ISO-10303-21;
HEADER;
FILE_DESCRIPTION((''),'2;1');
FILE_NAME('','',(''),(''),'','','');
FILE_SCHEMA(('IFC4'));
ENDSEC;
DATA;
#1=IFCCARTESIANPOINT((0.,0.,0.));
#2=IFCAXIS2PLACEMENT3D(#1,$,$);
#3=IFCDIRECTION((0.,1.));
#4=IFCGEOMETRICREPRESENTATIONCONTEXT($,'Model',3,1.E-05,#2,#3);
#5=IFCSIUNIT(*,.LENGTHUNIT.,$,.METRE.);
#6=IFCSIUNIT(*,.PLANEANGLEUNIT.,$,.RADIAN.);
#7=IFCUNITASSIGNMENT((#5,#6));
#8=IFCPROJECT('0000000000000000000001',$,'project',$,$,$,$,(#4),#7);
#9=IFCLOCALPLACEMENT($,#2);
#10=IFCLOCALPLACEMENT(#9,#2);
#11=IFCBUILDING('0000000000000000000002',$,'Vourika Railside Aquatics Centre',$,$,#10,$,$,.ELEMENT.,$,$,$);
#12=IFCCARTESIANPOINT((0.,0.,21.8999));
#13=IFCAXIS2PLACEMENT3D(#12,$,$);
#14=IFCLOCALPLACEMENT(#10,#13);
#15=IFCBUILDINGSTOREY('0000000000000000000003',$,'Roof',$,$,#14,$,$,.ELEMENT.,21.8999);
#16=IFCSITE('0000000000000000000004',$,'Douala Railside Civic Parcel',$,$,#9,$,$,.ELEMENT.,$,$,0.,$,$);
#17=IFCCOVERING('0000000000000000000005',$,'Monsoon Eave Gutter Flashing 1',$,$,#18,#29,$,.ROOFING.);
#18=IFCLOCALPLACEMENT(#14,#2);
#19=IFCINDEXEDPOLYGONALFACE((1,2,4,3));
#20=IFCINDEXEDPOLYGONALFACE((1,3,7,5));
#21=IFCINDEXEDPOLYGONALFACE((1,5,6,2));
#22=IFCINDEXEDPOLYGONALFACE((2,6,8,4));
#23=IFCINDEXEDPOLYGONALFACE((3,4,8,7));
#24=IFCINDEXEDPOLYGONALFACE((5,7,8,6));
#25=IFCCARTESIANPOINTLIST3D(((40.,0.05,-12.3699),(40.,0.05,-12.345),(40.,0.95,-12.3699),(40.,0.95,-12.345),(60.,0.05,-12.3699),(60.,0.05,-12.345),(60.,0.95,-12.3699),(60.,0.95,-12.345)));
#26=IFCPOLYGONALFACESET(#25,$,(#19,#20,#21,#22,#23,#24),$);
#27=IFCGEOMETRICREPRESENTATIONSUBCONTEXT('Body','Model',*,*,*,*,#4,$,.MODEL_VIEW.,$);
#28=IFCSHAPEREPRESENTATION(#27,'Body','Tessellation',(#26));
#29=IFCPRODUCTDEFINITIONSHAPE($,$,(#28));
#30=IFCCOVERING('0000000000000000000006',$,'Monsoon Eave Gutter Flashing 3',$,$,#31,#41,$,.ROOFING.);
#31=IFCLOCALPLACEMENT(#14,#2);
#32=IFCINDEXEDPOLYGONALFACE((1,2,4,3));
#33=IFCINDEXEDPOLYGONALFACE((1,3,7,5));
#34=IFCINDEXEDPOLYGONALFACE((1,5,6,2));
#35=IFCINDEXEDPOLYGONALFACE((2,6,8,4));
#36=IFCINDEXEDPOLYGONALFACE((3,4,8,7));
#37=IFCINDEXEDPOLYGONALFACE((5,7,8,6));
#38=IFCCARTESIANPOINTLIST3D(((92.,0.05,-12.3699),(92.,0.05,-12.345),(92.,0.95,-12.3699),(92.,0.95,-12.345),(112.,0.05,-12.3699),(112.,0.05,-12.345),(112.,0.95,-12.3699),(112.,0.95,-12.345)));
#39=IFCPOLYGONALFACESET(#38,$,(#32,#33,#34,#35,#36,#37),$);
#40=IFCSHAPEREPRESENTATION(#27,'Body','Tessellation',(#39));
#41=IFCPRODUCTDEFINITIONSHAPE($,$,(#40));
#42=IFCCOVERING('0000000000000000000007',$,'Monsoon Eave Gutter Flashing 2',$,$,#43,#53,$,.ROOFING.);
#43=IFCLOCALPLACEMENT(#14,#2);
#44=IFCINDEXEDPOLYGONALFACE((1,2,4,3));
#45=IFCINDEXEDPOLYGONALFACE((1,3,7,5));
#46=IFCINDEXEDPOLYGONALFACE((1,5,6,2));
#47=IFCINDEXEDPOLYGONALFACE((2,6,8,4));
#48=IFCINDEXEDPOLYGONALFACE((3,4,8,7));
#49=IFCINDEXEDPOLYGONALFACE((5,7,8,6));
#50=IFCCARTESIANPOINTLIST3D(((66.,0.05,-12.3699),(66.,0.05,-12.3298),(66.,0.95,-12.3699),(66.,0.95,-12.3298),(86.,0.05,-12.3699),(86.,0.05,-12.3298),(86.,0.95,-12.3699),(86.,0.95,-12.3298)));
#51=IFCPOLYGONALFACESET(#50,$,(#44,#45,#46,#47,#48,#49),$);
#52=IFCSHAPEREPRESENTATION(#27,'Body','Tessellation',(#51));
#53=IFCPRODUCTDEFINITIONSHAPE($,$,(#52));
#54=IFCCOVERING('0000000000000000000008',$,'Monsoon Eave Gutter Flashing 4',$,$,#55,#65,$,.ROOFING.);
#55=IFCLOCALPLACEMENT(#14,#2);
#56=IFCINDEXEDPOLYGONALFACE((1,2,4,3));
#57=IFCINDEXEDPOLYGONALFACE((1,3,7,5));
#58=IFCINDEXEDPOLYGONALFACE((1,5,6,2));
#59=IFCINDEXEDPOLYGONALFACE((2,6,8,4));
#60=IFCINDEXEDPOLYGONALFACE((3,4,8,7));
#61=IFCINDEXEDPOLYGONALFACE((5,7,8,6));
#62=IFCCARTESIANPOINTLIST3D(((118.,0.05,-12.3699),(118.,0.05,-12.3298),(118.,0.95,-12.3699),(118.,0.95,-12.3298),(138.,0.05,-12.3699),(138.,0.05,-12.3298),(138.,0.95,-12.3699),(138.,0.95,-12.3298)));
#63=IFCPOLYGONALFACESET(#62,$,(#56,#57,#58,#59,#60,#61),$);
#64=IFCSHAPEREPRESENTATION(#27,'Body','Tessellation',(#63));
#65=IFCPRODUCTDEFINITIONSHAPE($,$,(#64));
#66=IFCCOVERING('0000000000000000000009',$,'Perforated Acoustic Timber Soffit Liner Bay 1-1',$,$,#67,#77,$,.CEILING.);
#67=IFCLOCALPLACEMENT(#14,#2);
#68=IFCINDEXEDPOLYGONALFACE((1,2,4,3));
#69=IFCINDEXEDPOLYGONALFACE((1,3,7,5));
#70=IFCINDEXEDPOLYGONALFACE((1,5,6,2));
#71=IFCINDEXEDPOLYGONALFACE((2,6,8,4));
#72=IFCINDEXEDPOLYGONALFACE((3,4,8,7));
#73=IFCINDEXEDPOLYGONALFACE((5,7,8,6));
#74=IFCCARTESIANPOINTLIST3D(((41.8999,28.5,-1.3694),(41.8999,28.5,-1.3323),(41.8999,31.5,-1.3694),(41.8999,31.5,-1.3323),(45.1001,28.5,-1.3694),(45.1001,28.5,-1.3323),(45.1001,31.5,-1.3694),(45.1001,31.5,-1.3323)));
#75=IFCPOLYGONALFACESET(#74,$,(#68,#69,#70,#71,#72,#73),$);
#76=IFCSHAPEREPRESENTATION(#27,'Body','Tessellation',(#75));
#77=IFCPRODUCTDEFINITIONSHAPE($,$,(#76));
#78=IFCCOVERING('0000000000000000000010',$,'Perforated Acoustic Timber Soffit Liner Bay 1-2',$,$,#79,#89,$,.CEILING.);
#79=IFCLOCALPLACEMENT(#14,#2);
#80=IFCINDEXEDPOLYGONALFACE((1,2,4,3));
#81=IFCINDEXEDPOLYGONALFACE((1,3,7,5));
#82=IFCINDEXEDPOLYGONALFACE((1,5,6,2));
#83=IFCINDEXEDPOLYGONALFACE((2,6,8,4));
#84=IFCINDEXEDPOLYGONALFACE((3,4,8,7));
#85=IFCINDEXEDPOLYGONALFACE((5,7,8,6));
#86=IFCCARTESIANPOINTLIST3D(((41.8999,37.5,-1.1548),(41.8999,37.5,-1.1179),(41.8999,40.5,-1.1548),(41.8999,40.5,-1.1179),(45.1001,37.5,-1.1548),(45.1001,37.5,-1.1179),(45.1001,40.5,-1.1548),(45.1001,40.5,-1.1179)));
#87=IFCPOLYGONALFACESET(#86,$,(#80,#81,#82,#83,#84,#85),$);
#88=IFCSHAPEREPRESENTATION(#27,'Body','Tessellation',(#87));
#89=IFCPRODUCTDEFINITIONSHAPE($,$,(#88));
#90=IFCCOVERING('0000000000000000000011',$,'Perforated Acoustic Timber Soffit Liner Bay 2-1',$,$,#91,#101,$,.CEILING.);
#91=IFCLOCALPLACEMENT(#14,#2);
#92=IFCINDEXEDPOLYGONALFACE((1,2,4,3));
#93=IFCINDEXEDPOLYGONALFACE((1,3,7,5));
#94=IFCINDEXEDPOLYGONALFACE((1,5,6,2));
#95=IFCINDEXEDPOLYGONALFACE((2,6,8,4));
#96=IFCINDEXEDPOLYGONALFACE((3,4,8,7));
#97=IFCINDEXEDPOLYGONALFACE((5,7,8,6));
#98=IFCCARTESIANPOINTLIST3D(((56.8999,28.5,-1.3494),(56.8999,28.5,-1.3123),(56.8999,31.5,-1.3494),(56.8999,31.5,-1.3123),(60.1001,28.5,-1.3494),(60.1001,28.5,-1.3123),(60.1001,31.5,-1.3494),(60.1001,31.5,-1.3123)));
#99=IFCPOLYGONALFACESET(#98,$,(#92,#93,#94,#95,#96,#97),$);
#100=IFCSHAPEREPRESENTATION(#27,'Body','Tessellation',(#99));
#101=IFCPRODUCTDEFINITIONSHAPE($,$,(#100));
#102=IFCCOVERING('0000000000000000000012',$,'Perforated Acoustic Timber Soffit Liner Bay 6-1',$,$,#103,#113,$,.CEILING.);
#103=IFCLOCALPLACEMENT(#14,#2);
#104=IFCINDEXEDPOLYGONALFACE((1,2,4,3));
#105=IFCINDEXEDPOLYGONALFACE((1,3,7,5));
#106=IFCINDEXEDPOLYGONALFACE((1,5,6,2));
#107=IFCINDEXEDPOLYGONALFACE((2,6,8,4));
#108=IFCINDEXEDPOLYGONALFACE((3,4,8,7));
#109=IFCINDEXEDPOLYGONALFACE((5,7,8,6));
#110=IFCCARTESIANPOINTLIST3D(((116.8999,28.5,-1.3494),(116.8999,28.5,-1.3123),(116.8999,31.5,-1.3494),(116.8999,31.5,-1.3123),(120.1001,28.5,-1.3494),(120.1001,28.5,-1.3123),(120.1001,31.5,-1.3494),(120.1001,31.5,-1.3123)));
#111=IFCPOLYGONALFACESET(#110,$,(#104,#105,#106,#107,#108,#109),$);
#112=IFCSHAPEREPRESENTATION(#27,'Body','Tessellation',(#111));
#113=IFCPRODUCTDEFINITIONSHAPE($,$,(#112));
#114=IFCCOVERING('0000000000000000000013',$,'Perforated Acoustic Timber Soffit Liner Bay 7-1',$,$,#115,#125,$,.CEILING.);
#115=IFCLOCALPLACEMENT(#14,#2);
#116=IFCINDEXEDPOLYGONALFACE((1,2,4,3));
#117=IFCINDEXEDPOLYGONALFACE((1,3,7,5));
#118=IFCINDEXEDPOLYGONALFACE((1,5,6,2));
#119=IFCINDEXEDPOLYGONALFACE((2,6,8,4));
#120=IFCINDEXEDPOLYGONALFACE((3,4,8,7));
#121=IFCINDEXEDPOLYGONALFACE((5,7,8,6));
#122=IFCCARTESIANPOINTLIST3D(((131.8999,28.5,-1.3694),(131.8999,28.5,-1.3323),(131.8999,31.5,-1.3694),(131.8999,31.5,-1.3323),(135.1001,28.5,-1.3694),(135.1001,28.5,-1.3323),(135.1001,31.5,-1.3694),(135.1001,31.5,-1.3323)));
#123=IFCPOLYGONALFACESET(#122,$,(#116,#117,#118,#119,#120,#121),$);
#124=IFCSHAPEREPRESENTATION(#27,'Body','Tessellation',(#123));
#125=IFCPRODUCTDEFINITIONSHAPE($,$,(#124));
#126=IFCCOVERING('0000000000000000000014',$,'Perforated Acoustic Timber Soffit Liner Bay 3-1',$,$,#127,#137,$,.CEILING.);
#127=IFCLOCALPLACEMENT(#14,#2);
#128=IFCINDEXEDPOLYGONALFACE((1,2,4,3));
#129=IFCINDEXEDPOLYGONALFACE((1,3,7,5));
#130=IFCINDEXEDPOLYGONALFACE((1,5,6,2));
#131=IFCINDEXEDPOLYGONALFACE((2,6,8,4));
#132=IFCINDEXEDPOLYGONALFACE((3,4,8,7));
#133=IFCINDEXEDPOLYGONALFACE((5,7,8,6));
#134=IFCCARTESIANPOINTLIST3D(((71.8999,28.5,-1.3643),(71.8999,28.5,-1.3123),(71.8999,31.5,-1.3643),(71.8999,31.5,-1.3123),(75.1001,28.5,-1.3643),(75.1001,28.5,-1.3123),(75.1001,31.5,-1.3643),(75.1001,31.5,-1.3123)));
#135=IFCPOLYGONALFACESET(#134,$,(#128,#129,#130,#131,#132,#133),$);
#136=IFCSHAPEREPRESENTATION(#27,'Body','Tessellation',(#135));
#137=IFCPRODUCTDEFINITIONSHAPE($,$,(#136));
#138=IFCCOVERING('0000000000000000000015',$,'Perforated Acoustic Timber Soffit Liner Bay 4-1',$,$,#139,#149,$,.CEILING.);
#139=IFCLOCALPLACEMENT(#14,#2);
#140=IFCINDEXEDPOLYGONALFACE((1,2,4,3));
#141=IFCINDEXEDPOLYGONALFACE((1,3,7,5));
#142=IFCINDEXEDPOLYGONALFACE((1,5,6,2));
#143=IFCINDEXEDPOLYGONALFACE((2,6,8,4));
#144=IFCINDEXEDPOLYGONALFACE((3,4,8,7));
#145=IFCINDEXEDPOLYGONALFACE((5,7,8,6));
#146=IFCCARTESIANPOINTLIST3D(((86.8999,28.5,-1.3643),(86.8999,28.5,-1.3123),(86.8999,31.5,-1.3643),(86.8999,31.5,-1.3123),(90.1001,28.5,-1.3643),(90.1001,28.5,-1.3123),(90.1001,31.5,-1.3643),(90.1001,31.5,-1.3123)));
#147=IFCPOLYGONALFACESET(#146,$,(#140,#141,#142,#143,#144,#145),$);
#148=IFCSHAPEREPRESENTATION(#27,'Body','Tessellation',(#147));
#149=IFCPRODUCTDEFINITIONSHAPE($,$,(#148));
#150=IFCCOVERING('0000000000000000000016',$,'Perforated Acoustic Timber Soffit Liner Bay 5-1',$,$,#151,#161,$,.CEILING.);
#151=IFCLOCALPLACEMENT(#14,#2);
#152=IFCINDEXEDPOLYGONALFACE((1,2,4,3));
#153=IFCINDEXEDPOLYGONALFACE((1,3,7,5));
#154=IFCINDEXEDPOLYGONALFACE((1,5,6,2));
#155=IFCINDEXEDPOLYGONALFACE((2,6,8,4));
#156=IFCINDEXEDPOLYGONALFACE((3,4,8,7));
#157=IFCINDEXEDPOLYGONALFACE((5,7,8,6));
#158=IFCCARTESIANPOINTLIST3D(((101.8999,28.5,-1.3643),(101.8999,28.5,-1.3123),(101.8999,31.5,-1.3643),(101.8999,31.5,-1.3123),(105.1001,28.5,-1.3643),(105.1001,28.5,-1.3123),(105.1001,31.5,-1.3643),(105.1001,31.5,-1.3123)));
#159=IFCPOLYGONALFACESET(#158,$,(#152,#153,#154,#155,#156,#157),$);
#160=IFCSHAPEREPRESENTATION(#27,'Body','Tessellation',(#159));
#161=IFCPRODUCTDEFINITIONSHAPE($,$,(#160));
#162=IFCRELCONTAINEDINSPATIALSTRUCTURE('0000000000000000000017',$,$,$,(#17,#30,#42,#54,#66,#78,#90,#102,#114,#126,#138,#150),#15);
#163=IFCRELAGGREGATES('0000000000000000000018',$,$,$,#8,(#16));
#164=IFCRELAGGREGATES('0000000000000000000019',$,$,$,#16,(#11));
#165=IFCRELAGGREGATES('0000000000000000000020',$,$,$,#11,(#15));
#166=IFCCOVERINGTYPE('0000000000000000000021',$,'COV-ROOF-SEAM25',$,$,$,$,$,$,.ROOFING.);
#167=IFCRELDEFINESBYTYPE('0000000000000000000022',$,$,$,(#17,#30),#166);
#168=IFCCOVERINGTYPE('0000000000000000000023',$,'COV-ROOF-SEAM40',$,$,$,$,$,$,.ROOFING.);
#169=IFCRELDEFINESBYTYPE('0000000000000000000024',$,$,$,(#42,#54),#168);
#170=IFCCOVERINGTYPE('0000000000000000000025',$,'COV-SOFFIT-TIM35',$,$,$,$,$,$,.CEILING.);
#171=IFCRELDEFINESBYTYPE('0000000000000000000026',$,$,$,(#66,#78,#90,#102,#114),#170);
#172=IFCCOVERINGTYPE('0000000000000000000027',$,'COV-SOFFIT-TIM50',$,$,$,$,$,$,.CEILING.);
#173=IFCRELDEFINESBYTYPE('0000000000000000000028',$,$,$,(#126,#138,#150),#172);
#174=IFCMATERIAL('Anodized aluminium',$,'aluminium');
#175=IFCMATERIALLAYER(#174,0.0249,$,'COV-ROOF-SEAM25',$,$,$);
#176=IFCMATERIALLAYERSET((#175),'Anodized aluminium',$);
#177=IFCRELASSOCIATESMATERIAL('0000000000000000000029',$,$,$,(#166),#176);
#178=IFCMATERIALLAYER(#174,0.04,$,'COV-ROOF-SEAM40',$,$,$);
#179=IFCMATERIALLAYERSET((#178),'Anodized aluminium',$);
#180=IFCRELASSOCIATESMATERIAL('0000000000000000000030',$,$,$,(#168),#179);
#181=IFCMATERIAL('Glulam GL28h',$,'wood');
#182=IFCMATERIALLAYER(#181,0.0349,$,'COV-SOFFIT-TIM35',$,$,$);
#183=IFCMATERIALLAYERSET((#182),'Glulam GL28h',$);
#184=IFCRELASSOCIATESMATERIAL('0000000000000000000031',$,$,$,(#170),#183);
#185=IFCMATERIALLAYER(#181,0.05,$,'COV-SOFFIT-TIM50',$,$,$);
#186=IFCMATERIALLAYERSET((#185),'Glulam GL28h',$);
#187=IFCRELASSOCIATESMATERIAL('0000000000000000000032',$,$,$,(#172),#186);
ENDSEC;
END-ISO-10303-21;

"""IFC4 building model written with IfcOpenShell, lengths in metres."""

from ifc_helpers import new_model, si_unit, direction, frame, origin, place, context, subcontext, project, spatial, polyline, outline, extrude, material, layer, layer_set, type_object, element, save


model = new_model("IFC4")

# Units and contexts
model_context = context("Model", 3, precision=1e-05, world=origin(), true_north=direction((0.0, 1.0)))
body_context = subcontext(model_context, "Body", "Model", "MODEL_VIEW")
ifc_project = project(units=[si_unit("LENGTHUNIT", "METRE"), si_unit("PLANEANGLEUNIT", "RADIAN")], contexts=[model_context])

# Site, building, storey
site_placement = place(None, origin())
site = spatial("IfcSite", under=ifc_project, at=site_placement, Name="Douala Railside Civic Parcel", CompositionType="ELEMENT", RefElevation=0.0)
building_placement = place(site_placement, origin())
building = spatial("IfcBuilding", under=site, at=building_placement, Name="Vourika Railside Aquatics Centre", CompositionType="ELEMENT")
storey_placement = place(building_placement, frame((0.0, 0.0, 21.8999)))
storey = spatial("IfcBuildingStorey", under=building, at=storey_placement, Name="Roof", CompositionType="ELEMENT", Elevation=21.8999)

# Coverings
ifc_material_1 = material(Name="Anodized aluminium", Category="aluminium")
ifc_layer_1 = layer(ifc_material_1, 0.0249, Name="COV-ROOF-SEAM25")
ifc_layer_set_1 = layer_set([ifc_layer_1], Name="Anodized aluminium")
covering_type_1 = type_object("IfcCoveringType", Name="COV-ROOF-SEAM25", PredefinedType="ROOFING", material=ifc_layer_set_1)
covering_1_placement = place(storey_placement, frame((0.0, 0.0, -12.3699)))
element("IfcCovering", 1, at=covering_1_placement, inside=storey, type_object=covering_type_1, Name="Monsoon Eave Gutter Flashing 1", PredefinedType="ROOFING", context=body_context, shape_type="SweptSolid", body=[
    extrude(outline(polyline([(40.0, 0.05), (60.0, 0.05), (60.0, 0.95), (40.0, 0.95), (40.0, 0.05)])), origin(), (0.0, 0.0, 1.0), 0.0249),
])
covering_2_placement = place(storey_placement, frame((0.0, 0.0, -12.3699)))
element("IfcCovering", 2, at=covering_2_placement, inside=storey, type_object=covering_type_1, Name="Monsoon Eave Gutter Flashing 3", PredefinedType="ROOFING", context=body_context, shape_type="SweptSolid", body=[
    extrude(outline(polyline([(92.0, 0.05), (112.0, 0.05), (112.0, 0.95), (92.0, 0.95), (92.0, 0.05)])), origin(), (0.0, 0.0, 1.0), 0.0249),
])
ifc_layer_2 = layer(ifc_material_1, 0.04, Name="COV-ROOF-SEAM40")
ifc_layer_set_2 = layer_set([ifc_layer_2], Name="Anodized aluminium")
covering_type_2 = type_object("IfcCoveringType", Name="COV-ROOF-SEAM40", PredefinedType="ROOFING", material=ifc_layer_set_2)
covering_3_placement = place(storey_placement, frame((0.0, 0.0, -12.3699)))
element("IfcCovering", 3, at=covering_3_placement, inside=storey, type_object=covering_type_2, Name="Monsoon Eave Gutter Flashing 2", PredefinedType="ROOFING", context=body_context, shape_type="SweptSolid", body=[
    extrude(outline(polyline([(66.0, 0.05), (86.0, 0.05), (86.0, 0.95), (66.0, 0.95), (66.0, 0.05)])), origin(), (0.0, 0.0, 1.0), 0.04),
])
covering_4_placement = place(storey_placement, frame((0.0, 0.0, -12.3699)))
element("IfcCovering", 4, at=covering_4_placement, inside=storey, type_object=covering_type_2, Name="Monsoon Eave Gutter Flashing 4", PredefinedType="ROOFING", context=body_context, shape_type="SweptSolid", body=[
    extrude(outline(polyline([(118.0, 0.05), (138.0, 0.05), (138.0, 0.95), (118.0, 0.95), (118.0, 0.05)])), origin(), (0.0, 0.0, 1.0), 0.04),
])
ifc_material_2 = material(Name="Glulam GL28h", Category="wood")
ifc_layer_3 = layer(ifc_material_2, 0.0349, Name="COV-SOFFIT-TIM35")
ifc_layer_set_3 = layer_set([ifc_layer_3], Name="Glulam GL28h")
covering_type_3 = type_object("IfcCoveringType", Name="COV-SOFFIT-TIM35", PredefinedType="CEILING", material=ifc_layer_set_3)
covering_5_placement = place(storey_placement, frame((0.0, 0.0, -1.3694)))
element("IfcCovering", 5, at=covering_5_placement, inside=storey, type_object=covering_type_3, Name="Perforated Acoustic Timber Soffit Liner Bay 1-1", PredefinedType="CEILING", context=body_context, shape_type="SweptSolid", body=[
    extrude(outline(polyline([(41.8999, 28.5), (45.1001, 28.5), (45.1001, 31.5), (41.8999, 31.5), (41.8999, 28.5)])), origin(), (0.0, 0.0, 1.0), 0.0371),
])
covering_6_placement = place(storey_placement, frame((0.0, 0.0, -1.1548)))
element("IfcCovering", 6, at=covering_6_placement, inside=storey, type_object=covering_type_3, Name="Perforated Acoustic Timber Soffit Liner Bay 1-2", PredefinedType="CEILING", context=body_context, shape_type="SweptSolid", body=[
    extrude(outline(polyline([(41.8999, 37.5), (45.1001, 37.5), (45.1001, 40.5), (41.8999, 40.5), (41.8999, 37.5)])), origin(), (0.0, 0.0, 1.0), 0.0369),
])
covering_7_placement = place(storey_placement, frame((0.0, 0.0, -1.3494)))
element("IfcCovering", 7, at=covering_7_placement, inside=storey, type_object=covering_type_3, Name="Perforated Acoustic Timber Soffit Liner Bay 2-1", PredefinedType="CEILING", context=body_context, shape_type="SweptSolid", body=[
    extrude(outline(polyline([(56.8999, 28.5), (60.1001, 28.5), (60.1001, 31.5), (56.8999, 31.5), (56.8999, 28.5)])), origin(), (0.0, 0.0, 1.0), 0.0371),
])
covering_8_placement = place(storey_placement, frame((0.0, 0.0, -1.3494)))
element("IfcCovering", 8, at=covering_8_placement, inside=storey, type_object=covering_type_3, Name="Perforated Acoustic Timber Soffit Liner Bay 6-1", PredefinedType="CEILING", context=body_context, shape_type="SweptSolid", body=[
    extrude(outline(polyline([(116.8999, 28.5), (120.1001, 28.5), (120.1001, 31.5), (116.8999, 31.5), (116.8999, 28.5)])), origin(), (0.0, 0.0, 1.0), 0.0371),
])
covering_9_placement = place(storey_placement, frame((0.0, 0.0, -1.3694)))
element("IfcCovering", 9, at=covering_9_placement, inside=storey, type_object=covering_type_3, Name="Perforated Acoustic Timber Soffit Liner Bay 7-1", PredefinedType="CEILING", context=body_context, shape_type="SweptSolid", body=[
    extrude(outline(polyline([(131.8999, 28.5), (135.1001, 28.5), (135.1001, 31.5), (131.8999, 31.5), (131.8999, 28.5)])), origin(), (0.0, 0.0, 1.0), 0.0371),
])
ifc_layer_4 = layer(ifc_material_2, 0.05, Name="COV-SOFFIT-TIM50")
ifc_layer_set_4 = layer_set([ifc_layer_4], Name="Glulam GL28h")
covering_type_4 = type_object("IfcCoveringType", Name="COV-SOFFIT-TIM50", PredefinedType="CEILING", material=ifc_layer_set_4)
covering_10_placement = place(storey_placement, frame((0.0, 0.0, -1.3643)))
element("IfcCovering", 10, at=covering_10_placement, inside=storey, type_object=covering_type_4, Name="Perforated Acoustic Timber Soffit Liner Bay 3-1", PredefinedType="CEILING", context=body_context, shape_type="SweptSolid", body=[
    extrude(outline(polyline([(71.8999, 28.5), (75.1001, 28.5), (75.1001, 31.5), (71.8999, 31.5), (71.8999, 28.5)])), origin(), (0.0, 0.0, 1.0), 0.052),
])
covering_11_placement = place(storey_placement, frame((0.0, 0.0, -1.3643)))
element("IfcCovering", 11, at=covering_11_placement, inside=storey, type_object=covering_type_4, Name="Perforated Acoustic Timber Soffit Liner Bay 4-1", PredefinedType="CEILING", context=body_context, shape_type="SweptSolid", body=[
    extrude(outline(polyline([(86.8999, 28.5), (90.1001, 28.5), (90.1001, 31.5), (86.8999, 31.5), (86.8999, 28.5)])), origin(), (0.0, 0.0, 1.0), 0.052),
])
covering_12_placement = place(storey_placement, frame((0.0, 0.0, -1.3643)))
element("IfcCovering", 12, at=covering_12_placement, inside=storey, type_object=covering_type_4, Name="Perforated Acoustic Timber Soffit Liner Bay 5-1", PredefinedType="CEILING", context=body_context, shape_type="SweptSolid", body=[
    extrude(outline(polyline([(101.8999, 28.5), (105.1001, 28.5), (105.1001, 31.5), (101.8999, 31.5), (101.8999, 28.5)])), origin(), (0.0, 0.0, 1.0), 0.052),
])

save(model, "model.ifc")
